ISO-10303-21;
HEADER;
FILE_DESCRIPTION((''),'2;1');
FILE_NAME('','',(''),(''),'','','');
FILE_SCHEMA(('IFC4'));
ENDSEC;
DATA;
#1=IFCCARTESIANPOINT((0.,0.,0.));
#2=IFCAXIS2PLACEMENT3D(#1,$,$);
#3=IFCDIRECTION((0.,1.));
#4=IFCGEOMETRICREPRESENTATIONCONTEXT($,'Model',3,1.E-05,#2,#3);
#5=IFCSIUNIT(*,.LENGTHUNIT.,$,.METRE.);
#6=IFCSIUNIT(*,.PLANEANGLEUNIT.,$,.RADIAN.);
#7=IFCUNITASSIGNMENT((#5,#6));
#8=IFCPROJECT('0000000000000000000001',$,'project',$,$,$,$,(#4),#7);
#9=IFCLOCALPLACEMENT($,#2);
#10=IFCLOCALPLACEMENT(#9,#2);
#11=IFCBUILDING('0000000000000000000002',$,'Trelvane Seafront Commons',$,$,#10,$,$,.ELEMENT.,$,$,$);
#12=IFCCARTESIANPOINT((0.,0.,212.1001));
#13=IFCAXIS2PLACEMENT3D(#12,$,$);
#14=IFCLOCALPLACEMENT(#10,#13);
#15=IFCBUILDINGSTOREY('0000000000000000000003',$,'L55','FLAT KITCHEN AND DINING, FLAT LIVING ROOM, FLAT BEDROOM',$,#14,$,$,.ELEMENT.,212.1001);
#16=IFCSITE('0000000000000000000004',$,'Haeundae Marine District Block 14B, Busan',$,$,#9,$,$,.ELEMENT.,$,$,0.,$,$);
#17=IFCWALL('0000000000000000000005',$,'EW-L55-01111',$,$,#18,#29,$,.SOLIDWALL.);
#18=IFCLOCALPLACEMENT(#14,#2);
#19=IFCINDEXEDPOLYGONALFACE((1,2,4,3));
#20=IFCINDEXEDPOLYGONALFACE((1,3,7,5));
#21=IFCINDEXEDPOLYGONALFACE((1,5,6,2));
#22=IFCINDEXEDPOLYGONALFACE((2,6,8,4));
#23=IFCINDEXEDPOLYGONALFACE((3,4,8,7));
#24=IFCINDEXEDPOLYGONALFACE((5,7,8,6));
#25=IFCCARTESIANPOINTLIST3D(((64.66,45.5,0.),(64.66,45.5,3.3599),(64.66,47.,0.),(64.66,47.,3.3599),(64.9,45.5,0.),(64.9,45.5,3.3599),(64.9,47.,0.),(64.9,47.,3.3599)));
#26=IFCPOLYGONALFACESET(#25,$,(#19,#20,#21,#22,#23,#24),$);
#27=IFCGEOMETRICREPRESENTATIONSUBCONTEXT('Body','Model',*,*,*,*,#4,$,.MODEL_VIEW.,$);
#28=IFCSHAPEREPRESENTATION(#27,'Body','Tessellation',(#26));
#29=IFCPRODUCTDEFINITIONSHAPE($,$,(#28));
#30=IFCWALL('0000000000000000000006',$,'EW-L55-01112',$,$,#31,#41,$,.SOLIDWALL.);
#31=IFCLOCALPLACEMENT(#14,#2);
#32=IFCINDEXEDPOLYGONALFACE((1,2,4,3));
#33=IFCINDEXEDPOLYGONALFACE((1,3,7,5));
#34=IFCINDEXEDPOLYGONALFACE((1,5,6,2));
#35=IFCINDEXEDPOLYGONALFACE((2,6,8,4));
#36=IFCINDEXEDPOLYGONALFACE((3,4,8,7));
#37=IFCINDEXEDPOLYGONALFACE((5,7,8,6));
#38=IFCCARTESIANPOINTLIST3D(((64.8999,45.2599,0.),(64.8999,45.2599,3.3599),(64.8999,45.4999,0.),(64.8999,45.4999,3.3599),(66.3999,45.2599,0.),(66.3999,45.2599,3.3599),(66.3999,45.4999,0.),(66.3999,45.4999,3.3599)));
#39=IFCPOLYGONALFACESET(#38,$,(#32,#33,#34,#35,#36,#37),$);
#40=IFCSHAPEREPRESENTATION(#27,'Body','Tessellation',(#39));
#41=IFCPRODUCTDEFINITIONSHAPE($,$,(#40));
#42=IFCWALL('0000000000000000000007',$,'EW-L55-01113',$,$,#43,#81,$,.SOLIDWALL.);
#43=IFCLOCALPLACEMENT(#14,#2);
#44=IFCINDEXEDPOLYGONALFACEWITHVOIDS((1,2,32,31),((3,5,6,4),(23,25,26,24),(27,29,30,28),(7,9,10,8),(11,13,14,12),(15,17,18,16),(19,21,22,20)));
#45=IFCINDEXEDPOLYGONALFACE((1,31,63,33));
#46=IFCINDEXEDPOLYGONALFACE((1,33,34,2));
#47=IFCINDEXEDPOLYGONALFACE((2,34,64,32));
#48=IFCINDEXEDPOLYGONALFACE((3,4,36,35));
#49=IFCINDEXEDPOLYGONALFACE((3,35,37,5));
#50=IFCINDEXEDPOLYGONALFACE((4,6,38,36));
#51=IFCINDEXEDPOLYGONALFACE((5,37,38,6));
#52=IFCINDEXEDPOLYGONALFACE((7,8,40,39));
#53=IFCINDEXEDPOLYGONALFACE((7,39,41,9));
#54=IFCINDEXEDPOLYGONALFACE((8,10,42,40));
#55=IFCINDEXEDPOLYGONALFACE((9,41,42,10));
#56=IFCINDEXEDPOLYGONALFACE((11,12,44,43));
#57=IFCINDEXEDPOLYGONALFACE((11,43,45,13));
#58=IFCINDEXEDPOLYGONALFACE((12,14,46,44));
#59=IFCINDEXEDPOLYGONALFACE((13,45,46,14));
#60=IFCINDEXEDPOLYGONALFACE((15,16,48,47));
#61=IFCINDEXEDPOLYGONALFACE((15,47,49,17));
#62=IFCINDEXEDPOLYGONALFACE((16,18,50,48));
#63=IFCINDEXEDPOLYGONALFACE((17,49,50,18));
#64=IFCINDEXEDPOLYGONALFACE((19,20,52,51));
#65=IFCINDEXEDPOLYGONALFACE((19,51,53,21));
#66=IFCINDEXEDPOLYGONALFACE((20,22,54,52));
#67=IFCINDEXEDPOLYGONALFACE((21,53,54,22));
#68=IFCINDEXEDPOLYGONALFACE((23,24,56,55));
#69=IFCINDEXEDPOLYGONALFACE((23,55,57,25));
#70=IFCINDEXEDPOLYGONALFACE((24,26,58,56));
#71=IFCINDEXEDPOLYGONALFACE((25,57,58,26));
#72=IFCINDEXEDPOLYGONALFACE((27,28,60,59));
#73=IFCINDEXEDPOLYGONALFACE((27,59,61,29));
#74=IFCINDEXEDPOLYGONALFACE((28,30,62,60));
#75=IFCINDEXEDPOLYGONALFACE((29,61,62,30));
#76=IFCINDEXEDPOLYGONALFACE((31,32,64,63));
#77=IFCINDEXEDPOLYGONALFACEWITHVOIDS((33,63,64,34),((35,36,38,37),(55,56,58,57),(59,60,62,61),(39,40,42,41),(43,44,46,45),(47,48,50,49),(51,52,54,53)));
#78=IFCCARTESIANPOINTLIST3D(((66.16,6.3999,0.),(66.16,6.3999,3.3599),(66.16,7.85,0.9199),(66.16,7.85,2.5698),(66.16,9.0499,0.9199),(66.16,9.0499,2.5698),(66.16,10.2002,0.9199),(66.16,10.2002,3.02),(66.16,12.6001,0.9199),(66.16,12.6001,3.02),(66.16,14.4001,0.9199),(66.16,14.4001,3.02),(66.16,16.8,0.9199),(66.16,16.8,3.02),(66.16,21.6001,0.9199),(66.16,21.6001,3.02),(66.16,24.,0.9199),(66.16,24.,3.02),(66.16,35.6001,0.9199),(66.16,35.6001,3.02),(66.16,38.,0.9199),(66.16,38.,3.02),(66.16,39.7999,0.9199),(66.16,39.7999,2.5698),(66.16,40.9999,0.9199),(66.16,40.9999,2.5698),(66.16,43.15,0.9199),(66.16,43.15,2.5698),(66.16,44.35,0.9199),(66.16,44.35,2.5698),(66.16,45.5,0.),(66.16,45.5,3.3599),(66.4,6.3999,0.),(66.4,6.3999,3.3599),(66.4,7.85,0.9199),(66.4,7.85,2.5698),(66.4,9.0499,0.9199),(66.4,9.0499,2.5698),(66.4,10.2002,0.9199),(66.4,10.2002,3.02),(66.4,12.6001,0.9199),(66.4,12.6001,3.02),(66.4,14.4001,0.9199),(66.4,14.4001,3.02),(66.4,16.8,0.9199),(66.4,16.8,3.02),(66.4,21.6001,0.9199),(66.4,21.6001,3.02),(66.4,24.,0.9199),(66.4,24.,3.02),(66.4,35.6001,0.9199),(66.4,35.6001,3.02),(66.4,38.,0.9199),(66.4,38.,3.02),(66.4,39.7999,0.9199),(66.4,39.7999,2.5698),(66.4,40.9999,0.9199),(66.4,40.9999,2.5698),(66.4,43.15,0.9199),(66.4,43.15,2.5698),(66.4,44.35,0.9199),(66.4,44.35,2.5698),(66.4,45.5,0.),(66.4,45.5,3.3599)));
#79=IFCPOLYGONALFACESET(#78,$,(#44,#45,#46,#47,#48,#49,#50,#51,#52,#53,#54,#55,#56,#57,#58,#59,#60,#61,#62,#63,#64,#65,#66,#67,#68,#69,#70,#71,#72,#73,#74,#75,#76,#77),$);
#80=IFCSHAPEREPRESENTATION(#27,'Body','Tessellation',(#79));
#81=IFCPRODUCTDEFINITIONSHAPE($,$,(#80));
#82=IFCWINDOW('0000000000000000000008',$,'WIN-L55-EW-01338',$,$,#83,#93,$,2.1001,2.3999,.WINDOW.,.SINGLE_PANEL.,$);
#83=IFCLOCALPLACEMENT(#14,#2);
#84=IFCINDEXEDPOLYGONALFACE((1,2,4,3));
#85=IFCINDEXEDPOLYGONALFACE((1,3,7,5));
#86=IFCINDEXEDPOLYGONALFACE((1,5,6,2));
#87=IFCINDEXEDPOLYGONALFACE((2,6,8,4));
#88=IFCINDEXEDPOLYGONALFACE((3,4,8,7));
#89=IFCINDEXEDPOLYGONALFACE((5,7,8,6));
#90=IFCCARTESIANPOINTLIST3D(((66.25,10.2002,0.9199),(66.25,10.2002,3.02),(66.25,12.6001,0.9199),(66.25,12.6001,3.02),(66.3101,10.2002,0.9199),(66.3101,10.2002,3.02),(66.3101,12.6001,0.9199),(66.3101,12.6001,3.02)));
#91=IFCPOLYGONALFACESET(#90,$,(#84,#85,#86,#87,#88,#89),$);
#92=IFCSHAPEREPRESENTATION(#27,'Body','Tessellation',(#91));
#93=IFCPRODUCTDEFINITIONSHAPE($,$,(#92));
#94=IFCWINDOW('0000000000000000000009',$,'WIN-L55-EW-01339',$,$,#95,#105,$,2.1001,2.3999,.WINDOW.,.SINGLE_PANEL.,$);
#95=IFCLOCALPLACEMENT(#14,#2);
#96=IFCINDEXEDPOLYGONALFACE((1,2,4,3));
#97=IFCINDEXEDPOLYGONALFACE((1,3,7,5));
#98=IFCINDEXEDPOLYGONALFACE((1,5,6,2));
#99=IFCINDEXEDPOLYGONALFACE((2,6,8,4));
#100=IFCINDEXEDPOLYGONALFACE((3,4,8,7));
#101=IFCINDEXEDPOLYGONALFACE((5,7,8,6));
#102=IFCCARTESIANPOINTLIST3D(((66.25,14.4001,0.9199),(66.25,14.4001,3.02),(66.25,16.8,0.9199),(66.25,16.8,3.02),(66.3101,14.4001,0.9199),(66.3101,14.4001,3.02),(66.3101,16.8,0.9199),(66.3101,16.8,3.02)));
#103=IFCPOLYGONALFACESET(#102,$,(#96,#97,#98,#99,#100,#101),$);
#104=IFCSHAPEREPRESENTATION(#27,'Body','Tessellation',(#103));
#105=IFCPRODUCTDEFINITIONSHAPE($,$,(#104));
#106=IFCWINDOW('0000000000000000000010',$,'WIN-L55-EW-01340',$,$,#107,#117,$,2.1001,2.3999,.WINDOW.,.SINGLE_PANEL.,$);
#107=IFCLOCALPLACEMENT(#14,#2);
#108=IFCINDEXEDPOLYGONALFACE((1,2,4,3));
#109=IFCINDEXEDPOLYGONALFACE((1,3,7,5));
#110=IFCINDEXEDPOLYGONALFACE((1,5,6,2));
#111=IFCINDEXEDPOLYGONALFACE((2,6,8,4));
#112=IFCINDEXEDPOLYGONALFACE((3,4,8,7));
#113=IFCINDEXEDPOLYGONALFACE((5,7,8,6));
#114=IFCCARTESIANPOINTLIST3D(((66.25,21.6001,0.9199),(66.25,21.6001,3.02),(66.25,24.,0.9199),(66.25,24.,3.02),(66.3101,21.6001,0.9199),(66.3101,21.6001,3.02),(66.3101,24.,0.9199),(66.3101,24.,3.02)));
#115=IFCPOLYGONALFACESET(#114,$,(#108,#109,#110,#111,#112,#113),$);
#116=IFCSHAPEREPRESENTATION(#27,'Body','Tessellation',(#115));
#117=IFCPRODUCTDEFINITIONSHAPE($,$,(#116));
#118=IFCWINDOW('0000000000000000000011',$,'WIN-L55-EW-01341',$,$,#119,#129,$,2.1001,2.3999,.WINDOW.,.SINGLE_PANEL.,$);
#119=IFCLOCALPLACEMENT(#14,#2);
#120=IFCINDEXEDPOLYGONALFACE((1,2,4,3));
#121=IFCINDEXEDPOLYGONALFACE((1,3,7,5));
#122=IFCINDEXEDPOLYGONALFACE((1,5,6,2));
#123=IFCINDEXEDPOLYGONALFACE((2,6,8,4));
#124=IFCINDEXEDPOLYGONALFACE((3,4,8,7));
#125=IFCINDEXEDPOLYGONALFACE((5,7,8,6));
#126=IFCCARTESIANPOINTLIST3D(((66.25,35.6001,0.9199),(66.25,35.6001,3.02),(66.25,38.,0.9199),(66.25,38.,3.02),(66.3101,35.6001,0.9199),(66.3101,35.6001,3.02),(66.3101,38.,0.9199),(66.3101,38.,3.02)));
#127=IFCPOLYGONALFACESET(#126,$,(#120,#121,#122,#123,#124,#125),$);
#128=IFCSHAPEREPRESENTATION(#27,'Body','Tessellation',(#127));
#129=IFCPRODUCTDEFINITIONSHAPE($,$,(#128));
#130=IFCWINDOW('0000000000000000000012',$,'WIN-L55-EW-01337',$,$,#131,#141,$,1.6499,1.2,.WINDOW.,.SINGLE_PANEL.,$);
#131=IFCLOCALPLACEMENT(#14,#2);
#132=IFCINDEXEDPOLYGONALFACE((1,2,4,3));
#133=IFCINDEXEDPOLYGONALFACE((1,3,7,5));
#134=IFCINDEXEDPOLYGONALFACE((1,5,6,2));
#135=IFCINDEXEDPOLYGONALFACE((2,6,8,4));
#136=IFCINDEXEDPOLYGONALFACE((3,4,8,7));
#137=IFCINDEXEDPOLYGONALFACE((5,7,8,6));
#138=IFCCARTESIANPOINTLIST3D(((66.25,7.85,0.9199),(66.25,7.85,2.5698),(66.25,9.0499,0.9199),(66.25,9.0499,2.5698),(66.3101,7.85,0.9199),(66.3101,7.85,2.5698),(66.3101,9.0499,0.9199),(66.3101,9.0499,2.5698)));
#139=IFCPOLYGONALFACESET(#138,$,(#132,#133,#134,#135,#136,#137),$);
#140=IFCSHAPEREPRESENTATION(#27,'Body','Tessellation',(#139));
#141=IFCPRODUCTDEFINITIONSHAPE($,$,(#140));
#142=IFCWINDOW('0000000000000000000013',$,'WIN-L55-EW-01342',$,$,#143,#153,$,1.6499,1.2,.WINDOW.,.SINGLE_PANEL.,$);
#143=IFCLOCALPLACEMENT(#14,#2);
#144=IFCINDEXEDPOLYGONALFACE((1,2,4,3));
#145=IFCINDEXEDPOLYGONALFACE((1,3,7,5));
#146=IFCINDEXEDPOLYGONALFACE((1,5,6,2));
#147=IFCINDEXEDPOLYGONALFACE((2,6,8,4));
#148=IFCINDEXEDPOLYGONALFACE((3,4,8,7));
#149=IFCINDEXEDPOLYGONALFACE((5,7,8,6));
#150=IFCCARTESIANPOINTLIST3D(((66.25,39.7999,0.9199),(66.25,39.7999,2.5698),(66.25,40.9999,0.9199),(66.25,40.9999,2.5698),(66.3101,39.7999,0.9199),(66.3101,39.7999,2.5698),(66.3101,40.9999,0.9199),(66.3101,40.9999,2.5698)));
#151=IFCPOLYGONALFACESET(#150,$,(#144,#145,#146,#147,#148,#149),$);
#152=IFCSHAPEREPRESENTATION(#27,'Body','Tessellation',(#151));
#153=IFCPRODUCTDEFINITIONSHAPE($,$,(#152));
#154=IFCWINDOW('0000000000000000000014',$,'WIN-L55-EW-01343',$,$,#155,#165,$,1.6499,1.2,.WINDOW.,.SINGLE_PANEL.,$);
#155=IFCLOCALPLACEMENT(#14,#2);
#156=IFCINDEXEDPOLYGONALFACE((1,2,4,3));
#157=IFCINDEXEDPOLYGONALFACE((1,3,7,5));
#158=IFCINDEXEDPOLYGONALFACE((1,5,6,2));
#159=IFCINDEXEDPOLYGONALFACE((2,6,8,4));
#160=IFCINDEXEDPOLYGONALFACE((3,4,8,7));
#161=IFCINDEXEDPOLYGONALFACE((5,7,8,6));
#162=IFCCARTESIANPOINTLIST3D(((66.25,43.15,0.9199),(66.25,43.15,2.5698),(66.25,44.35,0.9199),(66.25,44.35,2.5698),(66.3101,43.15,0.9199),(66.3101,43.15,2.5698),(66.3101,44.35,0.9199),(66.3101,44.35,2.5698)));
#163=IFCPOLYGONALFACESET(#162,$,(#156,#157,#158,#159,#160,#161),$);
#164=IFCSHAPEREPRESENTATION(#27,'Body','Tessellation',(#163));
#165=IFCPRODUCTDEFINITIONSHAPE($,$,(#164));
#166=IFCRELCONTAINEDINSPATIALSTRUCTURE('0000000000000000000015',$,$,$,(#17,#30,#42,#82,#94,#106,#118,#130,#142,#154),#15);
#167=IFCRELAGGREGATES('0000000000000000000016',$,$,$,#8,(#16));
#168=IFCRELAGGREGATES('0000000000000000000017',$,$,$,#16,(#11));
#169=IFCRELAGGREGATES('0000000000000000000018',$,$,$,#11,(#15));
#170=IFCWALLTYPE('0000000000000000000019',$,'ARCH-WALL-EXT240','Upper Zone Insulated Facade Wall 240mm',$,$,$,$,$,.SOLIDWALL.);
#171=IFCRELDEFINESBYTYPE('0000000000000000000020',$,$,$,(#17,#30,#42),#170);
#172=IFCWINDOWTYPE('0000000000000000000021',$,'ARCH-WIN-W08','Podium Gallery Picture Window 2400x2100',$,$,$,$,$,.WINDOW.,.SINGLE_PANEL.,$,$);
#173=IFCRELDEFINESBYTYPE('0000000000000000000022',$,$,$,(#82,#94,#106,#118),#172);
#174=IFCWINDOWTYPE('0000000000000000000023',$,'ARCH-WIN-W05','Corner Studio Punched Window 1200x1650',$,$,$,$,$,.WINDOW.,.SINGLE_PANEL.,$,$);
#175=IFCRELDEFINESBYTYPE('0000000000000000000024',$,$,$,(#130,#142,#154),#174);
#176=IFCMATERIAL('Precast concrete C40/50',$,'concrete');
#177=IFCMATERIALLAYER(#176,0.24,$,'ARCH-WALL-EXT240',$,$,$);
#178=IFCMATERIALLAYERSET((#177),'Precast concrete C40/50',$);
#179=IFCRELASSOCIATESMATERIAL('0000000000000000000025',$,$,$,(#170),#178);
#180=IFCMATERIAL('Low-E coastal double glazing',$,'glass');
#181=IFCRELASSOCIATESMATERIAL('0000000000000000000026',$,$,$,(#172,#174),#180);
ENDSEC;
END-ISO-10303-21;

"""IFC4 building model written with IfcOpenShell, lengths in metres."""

from ifc_helpers import new_model, si_unit, direction, frame, frame_2d, origin, place, context, subcontext, project, spatial, rectangle, extrude, source, transform, mapped, material, layer, layer_set, type_object, element, fill, save


model = new_model("IFC4")

# Units and contexts
model_context = context("Model", 3, precision=1e-05, world=origin(), true_north=direction((0.0, 1.0)))
body_context = subcontext(model_context, "Body", "Model", "MODEL_VIEW")
ifc_project = project(units=[si_unit("LENGTHUNIT", "METRE"), si_unit("PLANEANGLEUNIT", "RADIAN")], contexts=[model_context])

# Site, building, storey
site_placement = place(None, origin())
site = spatial("IfcSite", under=ifc_project, at=site_placement, Name="Haeundae Marine District Block 14B, Busan", CompositionType="ELEMENT", RefElevation=0.0)
building_placement = place(site_placement, origin())
building = spatial("IfcBuilding", under=site, at=building_placement, Name="Trelvane Seafront Commons", CompositionType="ELEMENT")
storey_placement = place(building_placement, frame((0.0, 0.0, 212.1001)))
storey = spatial("IfcBuildingStorey", under=building, at=storey_placement, Name="L55", Description="FLAT KITCHEN AND DINING, FLAT LIVING ROOM, FLAT BEDROOM", CompositionType="ELEMENT", Elevation=212.1001)

# Shared definitions
ifc_material_1 = material(Name="Low-E coastal double glazing", Category="glass")

# Shared definitions
ifc_material_2 = material(Name="Precast concrete C40/50", Category="concrete")
ifc_layer_1 = layer(ifc_material_2, 0.24, Name="ARCH-WALL-EXT240")
ifc_layer_set_1 = layer_set([ifc_layer_1], Name="Precast concrete C40/50")
wall_type = type_object("IfcWallType", Name="ARCH-WALL-EXT240", Description="Upper Zone Insulated Facade Wall 240mm", PredefinedType="SOLIDWALL", material=ifc_layer_set_1)

# Walls
for number, where, z_axis, x_axis, name in (
    (1, (64.78, 47.0, 0.0), (0.0, 0.0, 1.0), (0.0, -1.0, 0.0), "EW-L55-01111"),
    (2, (64.8999, 45.3799, 0.0), (0.0, 0.0, 1.0), (1.0, 0.0, 0.0), "EW-L55-01112"),
):
    element("IfcWall", number, at=place(storey_placement, frame(where, z_axis=z_axis, x_axis=x_axis)), inside=storey, type_object=wall_type, Name=name, PredefinedType="SOLIDWALL", context=body_context, shape_type="SweptSolid", body=[
        extrude(rectangle(XDim=1.5, YDim=0.24, at=frame_2d((0.75, 0.0))), origin(), (0.0, 0.0, 1.0), 3.3599),
    ])

# Wall, openings, windows
wall_1_placement = place(storey_placement, frame((66.28, 45.5, 0.0), z_axis=(0.0, 0.0, 1.0), x_axis=(0.0, -1.0, 0.0)))
wall_1 = element("IfcWall", 3, at=wall_1_placement, inside=storey, type_object=wall_type, Name="EW-L55-01113", PredefinedType="SOLIDWALL", context=body_context, shape_type="SweptSolid", body=[
    extrude(rectangle(XDim=39.1001, YDim=0.24, at=frame_2d((19.55, 0.0))), origin(), (0.0, 0.0, 1.0), 3.3599),
])
opening_1_placement = place(wall_1_placement, frame((36.45, 0.0, 0.9199)))
opening_1 = element("IfcOpeningElement", 4, at=opening_1_placement, cuts=wall_1, PredefinedType="OPENING", context=body_context, shape_type="SweptSolid", body=[
    extrude(rectangle(XDim=1.2, YDim=1.6499, at=frame_2d((0.6001, 0.825))), frame((0.0, 0.1299, 0.0), z_axis=(0.0, -1.0, 0.0), x_axis=(1.0, 0.0, 0.0)), (0.0, 0.0, 1.0), 0.26),
])
opening_2_placement = place(wall_1_placement, frame((32.8999, 0.0, 0.9199)))
opening_2 = element("IfcOpeningElement", 5, at=opening_2_placement, cuts=wall_1, PredefinedType="OPENING", context=body_context, shape_type="SweptSolid", body=[
    extrude(rectangle(XDim=2.3999, YDim=2.1001, at=frame_2d((1.2, 1.05))), frame((0.0, 0.1299, 0.0), z_axis=(0.0, -1.0, 0.0), x_axis=(1.0, 0.0, 0.0)), (0.0, 0.0, 1.0), 0.26),
])
opening_3_placement = place(wall_1_placement, frame((28.7, 0.0, 0.9199)))
opening_3 = element("IfcOpeningElement", 6, at=opening_3_placement, cuts=wall_1, PredefinedType="OPENING", context=body_context, shape_type="SweptSolid", body=[
    extrude(rectangle(XDim=2.3999, YDim=2.1001, at=frame_2d((1.2, 1.05))), frame((0.0, 0.1299, 0.0), z_axis=(0.0, -1.0, 0.0), x_axis=(1.0, 0.0, 0.0)), (0.0, 0.0, 1.0), 0.26),
])
opening_4_placement = place(wall_1_placement, frame((21.5, 0.0, 0.9199)))
opening_4 = element("IfcOpeningElement", 7, at=opening_4_placement, cuts=wall_1, PredefinedType="OPENING", context=body_context, shape_type="SweptSolid", body=[
    extrude(rectangle(XDim=2.3999, YDim=2.1001, at=frame_2d((1.2, 1.05))), frame((0.0, 0.1299, 0.0), z_axis=(0.0, -1.0, 0.0), x_axis=(1.0, 0.0, 0.0)), (0.0, 0.0, 1.0), 0.26),
])
opening_5_placement = place(wall_1_placement, frame((7.5, 0.0, 0.9199)))
opening_5 = element("IfcOpeningElement", 8, at=opening_5_placement, cuts=wall_1, PredefinedType="OPENING", context=body_context, shape_type="SweptSolid", body=[
    extrude(rectangle(XDim=2.3999, YDim=2.1001, at=frame_2d((1.2, 1.05))), frame((0.0, 0.1299, 0.0), z_axis=(0.0, -1.0, 0.0), x_axis=(1.0, 0.0, 0.0)), (0.0, 0.0, 1.0), 0.26),
])
opening_6_placement = place(wall_1_placement, frame((4.5, 0.0, 0.9199)))
opening_6 = element("IfcOpeningElement", 9, at=opening_6_placement, cuts=wall_1, PredefinedType="OPENING", context=body_context, shape_type="SweptSolid", body=[
    extrude(rectangle(XDim=1.2, YDim=1.6499, at=frame_2d((0.6001, 0.825))), frame((0.0, 0.1299, 0.0), z_axis=(0.0, -1.0, 0.0), x_axis=(1.0, 0.0, 0.0)), (0.0, 0.0, 1.0), 0.26),
])
opening_7_placement = place(wall_1_placement, frame((1.1499, 0.0, 0.9199)))
opening_7 = element("IfcOpeningElement", 10, at=opening_7_placement, cuts=wall_1, PredefinedType="OPENING", context=body_context, shape_type="SweptSolid", body=[
    extrude(rectangle(XDim=1.2, YDim=1.6499, at=frame_2d((0.6001, 0.825))), frame((0.0, 0.1299, 0.0), z_axis=(0.0, -1.0, 0.0), x_axis=(1.0, 0.0, 0.0)), (0.0, 0.0, 1.0), 0.26),
])
window_type_1 = type_object("IfcWindowType", Name="ARCH-WIN-W08", Description="Podium Gallery Picture Window 2400x2100", PartitioningType="SINGLE_PANEL", PredefinedType="WINDOW", material=ifc_material_1)
shared_shape_1 = source(origin(), body_context, "Body", "SweptSolid", [
    extrude(rectangle(XDim=2.3999, YDim=2.1001, at=frame_2d((1.2, 1.05))), frame((0.0, 0.03, 0.0), z_axis=(0.0, -1.0, 0.0), x_axis=(1.0, 0.0, 0.0)), (0.0, 0.0, 1.0), 0.0601),
])
window_1_placement = place(opening_2_placement, origin())
window_1 = element("IfcWindow", 11, at=window_1_placement, inside=storey, type_object=window_type_1, Name="WIN-L55-EW-01338", OverallHeight=2.1001, OverallWidth=2.3999, PartitioningType="SINGLE_PANEL", PredefinedType="WINDOW", context=body_context, shape_type="MappedRepresentation", body=[
    mapped(shared_shape_1, transform((0.0, 0.0, 0.0), x_axis=(1.0, 0.0, 0.0), y_axis=(0.0, 1.0, 0.0), z_axis=(0.0, 0.0, 1.0), scale=1.0)),
])
fill(opening_2, window_1)
window_2_placement = place(opening_3_placement, origin())
window_2 = element("IfcWindow", 12, at=window_2_placement, inside=storey, type_object=window_type_1, Name="WIN-L55-EW-01339", OverallHeight=2.1001, OverallWidth=2.3999, PartitioningType="SINGLE_PANEL", PredefinedType="WINDOW", context=body_context, shape_type="MappedRepresentation", body=[
    mapped(shared_shape_1, transform((0.0, 0.0, 0.0), x_axis=(1.0, 0.0, 0.0), y_axis=(0.0, 1.0, 0.0), z_axis=(0.0, 0.0, 1.0), scale=1.0)),
])
fill(opening_3, window_2)
window_3_placement = place(opening_4_placement, origin())
window_3 = element("IfcWindow", 13, at=window_3_placement, inside=storey, type_object=window_type_1, Name="WIN-L55-EW-01340", OverallHeight=2.1001, OverallWidth=2.3999, PartitioningType="SINGLE_PANEL", PredefinedType="WINDOW", context=body_context, shape_type="MappedRepresentation", body=[
    mapped(shared_shape_1, transform((0.0, 0.0, 0.0), x_axis=(1.0, 0.0, 0.0), y_axis=(0.0, 1.0, 0.0), z_axis=(0.0, 0.0, 1.0), scale=1.0)),
])
fill(opening_4, window_3)
window_4_placement = place(opening_5_placement, origin())
window_4 = element("IfcWindow", 14, at=window_4_placement, inside=storey, type_object=window_type_1, Name="WIN-L55-EW-01341", OverallHeight=2.1001, OverallWidth=2.3999, PartitioningType="SINGLE_PANEL", PredefinedType="WINDOW", context=body_context, shape_type="MappedRepresentation", body=[
    mapped(shared_shape_1, transform((0.0, 0.0, 0.0), x_axis=(1.0, 0.0, 0.0), y_axis=(0.0, 1.0, 0.0), z_axis=(0.0, 0.0, 1.0), scale=1.0)),
])
fill(opening_5, window_4)
window_type_2 = type_object("IfcWindowType", Name="ARCH-WIN-W05", Description="Corner Studio Punched Window 1200x1650", PartitioningType="SINGLE_PANEL", PredefinedType="WINDOW", material=ifc_material_1)
shared_shape_2 = source(origin(), body_context, "Body", "SweptSolid", [
    extrude(rectangle(XDim=1.2, YDim=1.6499, at=frame_2d((0.6001, 0.825))), frame((0.0, 0.03, 0.0), z_axis=(0.0, -1.0, 0.0), x_axis=(1.0, 0.0, 0.0)), (0.0, 0.0, 1.0), 0.0601),
])
window_5_placement = place(opening_1_placement, origin())
window_5 = element("IfcWindow", 15, at=window_5_placement, inside=storey, type_object=window_type_2, Name="WIN-L55-EW-01337", OverallHeight=1.6499, OverallWidth=1.2, PartitioningType="SINGLE_PANEL", PredefinedType="WINDOW", context=body_context, shape_type="MappedRepresentation", body=[
    mapped(shared_shape_2, transform((0.0, 0.0, 0.0), x_axis=(1.0, 0.0, 0.0), y_axis=(0.0, 1.0, 0.0), z_axis=(0.0, 0.0, 1.0), scale=1.0)),
])
fill(opening_1, window_5)
window_6_placement = place(opening_6_placement, origin())
window_6 = element("IfcWindow", 16, at=window_6_placement, inside=storey, type_object=window_type_2, Name="WIN-L55-EW-01342", OverallHeight=1.6499, OverallWidth=1.2, PartitioningType="SINGLE_PANEL", PredefinedType="WINDOW", context=body_context, shape_type="MappedRepresentation", body=[
    mapped(shared_shape_2, transform((0.0, 0.0, 0.0), x_axis=(1.0, 0.0, 0.0), y_axis=(0.0, 1.0, 0.0), z_axis=(0.0, 0.0, 1.0), scale=1.0)),
])
fill(opening_6, window_6)
window_7_placement = place(opening_7_placement, origin())
window_7 = element("IfcWindow", 17, at=window_7_placement, inside=storey, type_object=window_type_2, Name="WIN-L55-EW-01343", OverallHeight=1.6499, OverallWidth=1.2, PartitioningType="SINGLE_PANEL", PredefinedType="WINDOW", context=body_context, shape_type="MappedRepresentation", body=[
    mapped(shared_shape_2, transform((0.0, 0.0, 0.0), x_axis=(1.0, 0.0, 0.0), y_axis=(0.0, 1.0, 0.0), z_axis=(0.0, 0.0, 1.0), scale=1.0)),
])
fill(opening_7, window_7)

save(model, "model.ifc")
